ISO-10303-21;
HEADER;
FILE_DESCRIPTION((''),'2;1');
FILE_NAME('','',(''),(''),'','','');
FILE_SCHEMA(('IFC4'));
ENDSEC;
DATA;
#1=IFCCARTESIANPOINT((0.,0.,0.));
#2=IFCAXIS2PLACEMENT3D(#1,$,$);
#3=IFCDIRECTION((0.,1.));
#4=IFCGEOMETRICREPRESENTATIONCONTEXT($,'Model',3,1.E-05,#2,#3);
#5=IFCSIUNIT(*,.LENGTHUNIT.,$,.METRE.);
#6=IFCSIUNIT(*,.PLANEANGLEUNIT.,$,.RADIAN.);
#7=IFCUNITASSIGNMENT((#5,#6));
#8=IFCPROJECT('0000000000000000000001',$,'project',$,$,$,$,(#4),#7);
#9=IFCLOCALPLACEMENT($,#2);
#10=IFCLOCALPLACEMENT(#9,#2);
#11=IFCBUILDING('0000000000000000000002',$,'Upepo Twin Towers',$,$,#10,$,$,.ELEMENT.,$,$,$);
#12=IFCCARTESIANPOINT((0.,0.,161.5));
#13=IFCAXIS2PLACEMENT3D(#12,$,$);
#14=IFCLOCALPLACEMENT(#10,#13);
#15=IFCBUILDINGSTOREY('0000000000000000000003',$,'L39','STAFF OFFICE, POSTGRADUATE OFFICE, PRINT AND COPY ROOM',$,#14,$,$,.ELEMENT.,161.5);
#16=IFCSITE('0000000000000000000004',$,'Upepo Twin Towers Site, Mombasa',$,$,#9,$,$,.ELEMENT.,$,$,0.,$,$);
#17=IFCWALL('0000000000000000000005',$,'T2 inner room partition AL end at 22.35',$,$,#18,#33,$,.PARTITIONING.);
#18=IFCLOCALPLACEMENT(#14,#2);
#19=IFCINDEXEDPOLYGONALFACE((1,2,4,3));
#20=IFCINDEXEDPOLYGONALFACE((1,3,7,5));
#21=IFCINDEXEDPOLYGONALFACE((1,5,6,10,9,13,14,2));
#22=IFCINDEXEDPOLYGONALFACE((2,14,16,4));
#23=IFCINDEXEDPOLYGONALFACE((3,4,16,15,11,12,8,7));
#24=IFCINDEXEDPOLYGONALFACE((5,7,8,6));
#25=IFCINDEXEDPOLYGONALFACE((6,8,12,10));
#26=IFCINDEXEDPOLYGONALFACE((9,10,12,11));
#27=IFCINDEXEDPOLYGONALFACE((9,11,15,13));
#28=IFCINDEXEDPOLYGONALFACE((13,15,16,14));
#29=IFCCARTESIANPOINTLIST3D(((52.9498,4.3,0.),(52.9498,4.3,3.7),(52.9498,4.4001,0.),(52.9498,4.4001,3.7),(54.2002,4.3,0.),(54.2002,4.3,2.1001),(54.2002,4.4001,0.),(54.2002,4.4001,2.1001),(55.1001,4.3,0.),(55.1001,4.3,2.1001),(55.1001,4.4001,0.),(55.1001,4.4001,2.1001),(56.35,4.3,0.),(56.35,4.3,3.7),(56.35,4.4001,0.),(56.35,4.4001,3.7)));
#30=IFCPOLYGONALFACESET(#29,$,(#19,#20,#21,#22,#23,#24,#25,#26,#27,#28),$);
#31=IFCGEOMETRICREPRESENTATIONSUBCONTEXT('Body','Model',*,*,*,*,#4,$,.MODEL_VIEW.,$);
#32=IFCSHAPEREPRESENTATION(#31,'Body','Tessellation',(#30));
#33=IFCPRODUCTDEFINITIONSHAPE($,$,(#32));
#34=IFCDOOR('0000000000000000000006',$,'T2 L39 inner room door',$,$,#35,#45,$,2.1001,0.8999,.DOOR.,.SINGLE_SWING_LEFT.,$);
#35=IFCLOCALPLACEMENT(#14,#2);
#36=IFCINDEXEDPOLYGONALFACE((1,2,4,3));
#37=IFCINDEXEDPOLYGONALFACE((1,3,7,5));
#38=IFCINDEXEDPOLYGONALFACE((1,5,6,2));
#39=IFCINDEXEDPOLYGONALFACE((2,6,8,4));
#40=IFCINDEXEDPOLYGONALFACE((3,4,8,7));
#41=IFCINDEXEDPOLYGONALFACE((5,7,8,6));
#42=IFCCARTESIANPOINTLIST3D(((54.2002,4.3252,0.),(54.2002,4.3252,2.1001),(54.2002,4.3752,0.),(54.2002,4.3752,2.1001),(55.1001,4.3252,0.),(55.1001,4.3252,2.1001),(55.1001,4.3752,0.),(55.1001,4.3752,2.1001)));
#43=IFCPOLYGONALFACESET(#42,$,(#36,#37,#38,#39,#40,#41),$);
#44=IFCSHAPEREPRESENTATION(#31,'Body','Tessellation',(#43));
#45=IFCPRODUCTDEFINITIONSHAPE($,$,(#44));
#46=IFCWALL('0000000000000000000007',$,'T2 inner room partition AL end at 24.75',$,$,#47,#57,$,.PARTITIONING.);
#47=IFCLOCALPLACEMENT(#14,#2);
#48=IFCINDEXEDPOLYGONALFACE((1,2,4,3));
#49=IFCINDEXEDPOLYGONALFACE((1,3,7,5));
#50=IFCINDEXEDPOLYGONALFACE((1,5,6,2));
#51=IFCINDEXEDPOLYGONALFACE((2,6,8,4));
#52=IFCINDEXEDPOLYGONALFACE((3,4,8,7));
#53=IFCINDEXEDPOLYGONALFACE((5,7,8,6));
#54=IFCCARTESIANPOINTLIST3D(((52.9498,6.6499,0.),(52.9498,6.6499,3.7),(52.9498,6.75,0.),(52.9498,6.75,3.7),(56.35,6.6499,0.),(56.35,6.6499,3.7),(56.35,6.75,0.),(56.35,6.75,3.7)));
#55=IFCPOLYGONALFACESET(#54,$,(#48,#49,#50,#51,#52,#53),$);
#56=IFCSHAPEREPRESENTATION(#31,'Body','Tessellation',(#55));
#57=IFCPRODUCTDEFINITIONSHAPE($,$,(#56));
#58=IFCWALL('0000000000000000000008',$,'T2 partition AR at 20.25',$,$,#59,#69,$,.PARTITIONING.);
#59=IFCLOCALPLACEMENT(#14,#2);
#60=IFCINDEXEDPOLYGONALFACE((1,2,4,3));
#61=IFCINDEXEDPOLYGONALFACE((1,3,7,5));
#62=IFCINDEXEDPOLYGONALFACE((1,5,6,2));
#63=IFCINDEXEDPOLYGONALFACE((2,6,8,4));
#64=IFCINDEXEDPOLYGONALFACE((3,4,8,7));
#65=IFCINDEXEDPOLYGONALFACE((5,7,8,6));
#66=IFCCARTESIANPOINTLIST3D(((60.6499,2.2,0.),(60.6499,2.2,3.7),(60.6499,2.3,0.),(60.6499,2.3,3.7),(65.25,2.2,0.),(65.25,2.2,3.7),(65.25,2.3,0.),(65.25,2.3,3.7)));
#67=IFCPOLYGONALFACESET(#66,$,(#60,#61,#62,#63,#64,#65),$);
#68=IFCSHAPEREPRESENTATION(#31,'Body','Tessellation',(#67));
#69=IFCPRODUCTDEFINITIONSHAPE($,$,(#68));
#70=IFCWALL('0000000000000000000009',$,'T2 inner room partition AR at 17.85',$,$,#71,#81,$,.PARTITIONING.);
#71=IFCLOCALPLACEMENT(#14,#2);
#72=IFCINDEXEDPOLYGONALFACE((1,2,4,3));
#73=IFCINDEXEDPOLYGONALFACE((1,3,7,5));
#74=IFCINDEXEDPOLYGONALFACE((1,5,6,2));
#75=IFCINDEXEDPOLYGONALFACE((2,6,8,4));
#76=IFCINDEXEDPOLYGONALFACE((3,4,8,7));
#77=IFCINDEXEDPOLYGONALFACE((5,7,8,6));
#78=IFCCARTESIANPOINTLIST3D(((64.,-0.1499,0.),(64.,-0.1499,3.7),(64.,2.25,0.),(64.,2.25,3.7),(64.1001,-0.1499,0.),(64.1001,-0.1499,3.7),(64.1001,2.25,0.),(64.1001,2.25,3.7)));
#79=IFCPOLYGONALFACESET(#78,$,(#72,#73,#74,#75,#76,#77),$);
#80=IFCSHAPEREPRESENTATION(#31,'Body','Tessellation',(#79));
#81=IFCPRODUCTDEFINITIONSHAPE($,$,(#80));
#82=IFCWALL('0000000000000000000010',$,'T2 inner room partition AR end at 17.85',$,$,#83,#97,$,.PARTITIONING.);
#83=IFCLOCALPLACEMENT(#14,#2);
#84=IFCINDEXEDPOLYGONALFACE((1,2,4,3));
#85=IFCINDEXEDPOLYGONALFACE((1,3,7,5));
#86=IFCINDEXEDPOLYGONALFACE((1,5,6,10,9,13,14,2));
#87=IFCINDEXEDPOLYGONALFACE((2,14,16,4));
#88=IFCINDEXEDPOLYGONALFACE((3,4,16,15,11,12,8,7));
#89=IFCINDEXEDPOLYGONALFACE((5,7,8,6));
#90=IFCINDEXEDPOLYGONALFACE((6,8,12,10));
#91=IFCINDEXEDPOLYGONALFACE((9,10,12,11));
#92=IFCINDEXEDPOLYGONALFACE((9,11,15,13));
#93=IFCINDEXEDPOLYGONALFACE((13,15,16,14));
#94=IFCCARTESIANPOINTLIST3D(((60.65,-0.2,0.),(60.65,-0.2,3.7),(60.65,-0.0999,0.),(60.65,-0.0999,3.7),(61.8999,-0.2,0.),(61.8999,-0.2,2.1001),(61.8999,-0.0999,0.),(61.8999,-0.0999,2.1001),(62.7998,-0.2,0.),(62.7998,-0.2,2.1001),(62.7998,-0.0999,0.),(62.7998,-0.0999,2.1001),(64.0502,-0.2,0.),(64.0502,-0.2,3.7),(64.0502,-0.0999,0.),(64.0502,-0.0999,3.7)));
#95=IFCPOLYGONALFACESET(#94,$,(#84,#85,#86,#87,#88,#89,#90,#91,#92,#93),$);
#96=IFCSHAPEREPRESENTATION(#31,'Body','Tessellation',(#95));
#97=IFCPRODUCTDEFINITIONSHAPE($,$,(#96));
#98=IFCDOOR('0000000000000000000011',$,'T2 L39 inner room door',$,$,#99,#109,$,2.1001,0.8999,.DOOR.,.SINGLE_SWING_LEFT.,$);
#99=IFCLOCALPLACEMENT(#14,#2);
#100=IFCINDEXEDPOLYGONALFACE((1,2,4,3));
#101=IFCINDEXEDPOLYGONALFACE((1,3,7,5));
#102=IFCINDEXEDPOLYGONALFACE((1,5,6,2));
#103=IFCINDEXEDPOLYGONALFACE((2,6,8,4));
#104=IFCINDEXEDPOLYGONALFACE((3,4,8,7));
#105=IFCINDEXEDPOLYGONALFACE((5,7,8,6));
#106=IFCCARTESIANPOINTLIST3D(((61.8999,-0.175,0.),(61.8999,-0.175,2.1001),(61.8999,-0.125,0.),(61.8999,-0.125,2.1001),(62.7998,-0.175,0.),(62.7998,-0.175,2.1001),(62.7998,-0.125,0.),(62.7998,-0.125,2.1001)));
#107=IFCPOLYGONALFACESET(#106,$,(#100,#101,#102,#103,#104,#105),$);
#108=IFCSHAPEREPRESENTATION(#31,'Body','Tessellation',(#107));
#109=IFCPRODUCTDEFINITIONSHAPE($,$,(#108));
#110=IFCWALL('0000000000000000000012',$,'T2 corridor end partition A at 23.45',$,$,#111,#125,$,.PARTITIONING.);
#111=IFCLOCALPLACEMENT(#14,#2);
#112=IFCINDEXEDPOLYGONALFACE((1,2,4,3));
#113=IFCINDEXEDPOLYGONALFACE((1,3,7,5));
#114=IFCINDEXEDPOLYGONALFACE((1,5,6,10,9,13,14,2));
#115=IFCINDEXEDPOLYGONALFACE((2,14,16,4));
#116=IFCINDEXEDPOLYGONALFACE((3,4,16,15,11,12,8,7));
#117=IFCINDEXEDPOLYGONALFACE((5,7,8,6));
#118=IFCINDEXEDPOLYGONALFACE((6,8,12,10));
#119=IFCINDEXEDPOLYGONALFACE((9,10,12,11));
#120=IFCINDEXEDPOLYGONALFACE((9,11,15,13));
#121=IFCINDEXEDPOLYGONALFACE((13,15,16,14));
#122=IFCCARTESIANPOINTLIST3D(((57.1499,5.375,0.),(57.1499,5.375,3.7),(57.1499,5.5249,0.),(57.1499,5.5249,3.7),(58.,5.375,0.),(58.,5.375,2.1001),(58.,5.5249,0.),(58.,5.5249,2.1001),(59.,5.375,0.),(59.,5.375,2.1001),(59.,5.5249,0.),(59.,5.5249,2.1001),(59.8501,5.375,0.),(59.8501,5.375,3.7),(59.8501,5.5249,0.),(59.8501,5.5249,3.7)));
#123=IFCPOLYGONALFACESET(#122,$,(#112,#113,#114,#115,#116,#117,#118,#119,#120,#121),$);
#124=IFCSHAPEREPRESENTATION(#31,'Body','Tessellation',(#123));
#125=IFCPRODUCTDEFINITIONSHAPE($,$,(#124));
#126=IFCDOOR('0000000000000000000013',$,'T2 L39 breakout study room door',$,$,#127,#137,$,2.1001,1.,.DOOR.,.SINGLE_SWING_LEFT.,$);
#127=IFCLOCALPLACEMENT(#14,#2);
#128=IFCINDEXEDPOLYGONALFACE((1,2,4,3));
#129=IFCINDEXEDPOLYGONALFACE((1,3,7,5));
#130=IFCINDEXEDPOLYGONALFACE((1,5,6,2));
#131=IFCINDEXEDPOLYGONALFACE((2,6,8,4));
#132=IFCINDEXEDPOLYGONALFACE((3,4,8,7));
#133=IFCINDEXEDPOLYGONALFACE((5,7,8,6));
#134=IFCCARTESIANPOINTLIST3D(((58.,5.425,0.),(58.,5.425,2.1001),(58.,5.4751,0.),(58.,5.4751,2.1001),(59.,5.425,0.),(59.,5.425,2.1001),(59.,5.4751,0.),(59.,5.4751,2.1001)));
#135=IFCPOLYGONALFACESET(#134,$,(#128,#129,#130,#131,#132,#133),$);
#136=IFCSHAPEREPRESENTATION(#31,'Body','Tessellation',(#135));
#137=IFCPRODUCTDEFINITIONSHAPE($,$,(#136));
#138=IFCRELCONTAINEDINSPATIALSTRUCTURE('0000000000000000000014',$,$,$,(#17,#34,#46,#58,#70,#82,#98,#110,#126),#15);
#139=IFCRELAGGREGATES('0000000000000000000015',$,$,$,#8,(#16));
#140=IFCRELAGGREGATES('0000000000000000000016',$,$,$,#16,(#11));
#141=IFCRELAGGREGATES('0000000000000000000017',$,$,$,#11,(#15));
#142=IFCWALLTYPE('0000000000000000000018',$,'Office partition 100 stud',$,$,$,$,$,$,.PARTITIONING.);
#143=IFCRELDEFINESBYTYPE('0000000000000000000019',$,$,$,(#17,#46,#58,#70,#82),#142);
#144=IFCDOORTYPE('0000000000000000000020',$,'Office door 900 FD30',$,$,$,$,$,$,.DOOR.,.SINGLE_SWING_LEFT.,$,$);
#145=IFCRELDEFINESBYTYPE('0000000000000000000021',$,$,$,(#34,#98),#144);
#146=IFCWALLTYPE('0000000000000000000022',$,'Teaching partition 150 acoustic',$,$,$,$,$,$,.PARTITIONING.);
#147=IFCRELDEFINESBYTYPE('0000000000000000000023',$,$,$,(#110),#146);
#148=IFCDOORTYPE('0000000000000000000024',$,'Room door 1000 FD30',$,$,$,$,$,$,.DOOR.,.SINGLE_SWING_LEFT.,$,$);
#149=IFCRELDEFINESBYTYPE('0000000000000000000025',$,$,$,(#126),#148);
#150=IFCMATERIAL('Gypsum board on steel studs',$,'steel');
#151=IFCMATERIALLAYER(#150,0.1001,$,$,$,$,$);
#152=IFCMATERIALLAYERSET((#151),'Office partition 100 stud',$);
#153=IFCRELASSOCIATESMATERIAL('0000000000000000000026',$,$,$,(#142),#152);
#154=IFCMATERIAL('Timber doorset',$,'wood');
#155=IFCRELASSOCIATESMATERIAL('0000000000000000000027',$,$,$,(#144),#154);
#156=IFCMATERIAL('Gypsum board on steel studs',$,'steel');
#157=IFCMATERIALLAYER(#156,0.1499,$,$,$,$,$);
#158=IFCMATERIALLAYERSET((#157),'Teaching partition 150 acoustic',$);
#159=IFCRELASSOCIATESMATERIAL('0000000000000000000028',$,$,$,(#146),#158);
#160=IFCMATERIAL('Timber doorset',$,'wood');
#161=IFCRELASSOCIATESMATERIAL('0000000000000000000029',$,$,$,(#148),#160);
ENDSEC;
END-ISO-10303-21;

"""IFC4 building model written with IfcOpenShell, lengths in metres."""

from ifc_helpers import new_model, si_unit, direction, frame, frame_2d, origin, place, context, subcontext, project, spatial, rectangle, extrude, material, layer, layer_set, type_object, element, fill, save


model = new_model("IFC4")

# Units and contexts
model_context = context("Model", 3, precision=1e-05, world=origin(), true_north=direction((0.0, 1.0)))
body_context = subcontext(model_context, "Body", "Model", "MODEL_VIEW")
ifc_project = project(units=[si_unit("LENGTHUNIT", "METRE"), si_unit("PLANEANGLEUNIT", "RADIAN")], contexts=[model_context])

# Site, building, storey
site_placement = place(None, origin())
site = spatial("IfcSite", under=ifc_project, at=site_placement, Name="Upepo Twin Towers Site, Mombasa", CompositionType="ELEMENT", RefElevation=0.0)
building_placement = place(site_placement, origin())
building = spatial("IfcBuilding", under=site, at=building_placement, Name="Upepo Twin Towers", CompositionType="ELEMENT")
storey_placement = place(building_placement, frame((0.0, 0.0, 161.5)))
storey = spatial("IfcBuildingStorey", under=building, at=storey_placement, Name="L39", Description="STAFF OFFICE, POSTGRADUATE OFFICE, PRINT AND COPY ROOM", CompositionType="ELEMENT", Elevation=161.5)

# Shared definitions
ifc_material_1 = material(Name="Gypsum board on steel studs", Category="steel")
ifc_layer_1 = layer(ifc_material_1, 0.1001)
ifc_layer_set_1 = layer_set([ifc_layer_1], Name="Office partition 100 stud")
wall_type_1 = type_object("IfcWallType", Name="Office partition 100 stud", PredefinedType="PARTITIONING", material=ifc_layer_set_1)

# Wall, opening, door
wall_1_placement = place(storey_placement, frame((56.3501, 4.3501, 0.0), z_axis=(0.0, 0.0, 1.0), x_axis=(-1.0, 0.0, 0.0)))
wall_1 = element("IfcWall", 1, at=wall_1_placement, inside=storey, type_object=wall_type_1, Name="T2 inner room partition AL end at 22.35", PredefinedType="PARTITIONING", context=body_context, shape_type="SweptSolid", body=[
    extrude(rectangle(XDim=3.4001, YDim=0.1001, at=frame_2d((1.7002, 0.0))), origin(), (0.0, 0.0, 1.0), 3.7),
])
opening_1_placement = place(wall_1_placement, frame((1.25, 0.0, 0.0)))
opening_1 = element("IfcOpeningElement", 2, at=opening_1_placement, cuts=wall_1, PredefinedType="OPENING", context=body_context, shape_type="SweptSolid", body=[
    extrude(rectangle(XDim=0.8999, YDim=2.1001, at=frame_2d((0.45, 1.05))), frame((0.0, 0.0601, 0.0), z_axis=(0.0, -1.0, 0.0), x_axis=(1.0, 0.0, 0.0)), (0.0, 0.0, 1.0), 0.1201),
])
ifc_material_2 = material(Name="Timber doorset", Category="wood")
door_type_1 = type_object("IfcDoorType", Name="Office door 900 FD30", OperationType="SINGLE_SWING_LEFT", PredefinedType="DOOR", material=ifc_material_2)
door_1_placement = place(opening_1_placement, origin())
door_1 = element("IfcDoor", 3, at=door_1_placement, inside=storey, type_object=door_type_1, Name="T2 L39 inner room door", OperationType="SINGLE_SWING_LEFT", OverallHeight=2.1001, OverallWidth=0.8999, PredefinedType="DOOR", context=body_context, shape_type="SweptSolid", body=[
    extrude(rectangle(XDim=0.8999, YDim=2.1001, at=frame_2d((0.45, 1.05))), frame((0.0, 0.0249, 0.0), z_axis=(0.0, -1.0, 0.0), x_axis=(1.0, 0.0, 0.0)), (0.0, 0.0, 1.0), 0.05),
])
fill(opening_1, door_1)

# Walls
wall_2_placement = place(storey_placement, frame((56.3501, 6.7, 0.0), z_axis=(0.0, 0.0, 1.0), x_axis=(-1.0, 0.0, 0.0)))
element("IfcWall", 4, at=wall_2_placement, inside=storey, type_object=wall_type_1, Name="T2 inner room partition AL end at 24.75", PredefinedType="PARTITIONING", context=body_context, shape_type="SweptSolid", body=[
    extrude(rectangle(XDim=3.4001, YDim=0.1001, at=frame_2d((1.7002, 0.0))), origin(), (0.0, 0.0, 1.0), 3.7),
])
wall_3_placement = place(storey_placement, frame((60.6499, 2.25, 0.0), z_axis=(0.0, 0.0, 1.0), x_axis=(1.0, 0.0, 0.0)))
element("IfcWall", 5, at=wall_3_placement, inside=storey, type_object=wall_type_1, Name="T2 partition AR at 20.25", PredefinedType="PARTITIONING", context=body_context, shape_type="SweptSolid", body=[
    extrude(rectangle(XDim=4.6001, YDim=0.1001, at=frame_2d((2.3, 0.0))), origin(), (0.0, 0.0, 1.0), 3.7),
])
wall_4_placement = place(storey_placement, frame((64.05, -0.1499, 0.0), z_axis=(0.0, 0.0, 1.0), x_axis=(0.0, 1.0, 0.0)))
element("IfcWall", 6, at=wall_4_placement, inside=storey, type_object=wall_type_1, Name="T2 inner room partition AR at 17.85", PredefinedType="PARTITIONING", context=body_context, shape_type="SweptSolid", body=[
    extrude(rectangle(XDim=2.3999, YDim=0.1001, at=frame_2d((1.2, 0.0))), origin(), (0.0, 0.0, 1.0), 3.7),
])

# Walls, openings, doors
wall_5_placement = place(storey_placement, frame((60.6499, -0.1499, 0.0), z_axis=(0.0, 0.0, 1.0), x_axis=(1.0, 0.0, 0.0)))
wall_5 = element("IfcWall", 7, at=wall_5_placement, inside=storey, type_object=wall_type_1, Name="T2 inner room partition AR end at 17.85", PredefinedType="PARTITIONING", context=body_context, shape_type="SweptSolid", body=[
    extrude(rectangle(XDim=3.4001, YDim=0.1001, at=frame_2d((1.7002, 0.0))), origin(), (0.0, 0.0, 1.0), 3.7),
])
opening_2_placement = place(wall_5_placement, frame((1.25, 0.0, 0.0)))
opening_2 = element("IfcOpeningElement", 8, at=opening_2_placement, cuts=wall_5, PredefinedType="OPENING", context=body_context, shape_type="SweptSolid", body=[
    extrude(rectangle(XDim=0.8999, YDim=2.1001, at=frame_2d((0.45, 1.05))), frame((0.0, 0.0601, 0.0), z_axis=(0.0, -1.0, 0.0), x_axis=(1.0, 0.0, 0.0)), (0.0, 0.0, 1.0), 0.1201),
])
door_2_placement = place(opening_2_placement, origin())
door_2 = element("IfcDoor", 9, at=door_2_placement, inside=storey, type_object=door_type_1, Name="T2 L39 inner room door", OperationType="SINGLE_SWING_LEFT", OverallHeight=2.1001, OverallWidth=0.8999, PredefinedType="DOOR", context=body_context, shape_type="SweptSolid", body=[
    extrude(rectangle(XDim=0.8999, YDim=2.1001, at=frame_2d((0.45, 1.05))), frame((0.0, 0.0249, 0.0), z_axis=(0.0, -1.0, 0.0), x_axis=(1.0, 0.0, 0.0)), (0.0, 0.0, 1.0), 0.05),
])
fill(opening_2, door_2)
ifc_material_3 = material(Name="Gypsum board on steel studs", Category="steel")
ifc_layer_2 = layer(ifc_material_3, 0.1499)
ifc_layer_set_2 = layer_set([ifc_layer_2], Name="Teaching partition 150 acoustic")
wall_type_2 = type_object("IfcWallType", Name="Teaching partition 150 acoustic", PredefinedType="PARTITIONING", material=ifc_layer_set_2)
wall_6_placement = place(storey_placement, frame((59.8501, 5.45, 0.0), z_axis=(0.0, 0.0, 1.0), x_axis=(-1.0, 0.0, 0.0)))
wall_6 = element("IfcWall", 10, at=wall_6_placement, inside=storey, type_object=wall_type_2, Name="T2 corridor end partition A at 23.45", PredefinedType="PARTITIONING", context=body_context, shape_type="SweptSolid", body=[
    extrude(rectangle(XDim=2.7002, YDim=0.1499, at=frame_2d((1.3501, 0.0))), origin(), (0.0, 0.0, 1.0), 3.7),
])
opening_3_placement = place(wall_6_placement, frame((0.8501, 0.0, 0.0)))
opening_3 = element("IfcOpeningElement", 11, at=opening_3_placement, cuts=wall_6, PredefinedType="OPENING", context=body_context, shape_type="SweptSolid", body=[
    extrude(rectangle(XDim=1.0, YDim=2.1001, at=frame_2d((0.5, 1.05))), frame((0.0, 0.085, 0.0), z_axis=(0.0, -1.0, 0.0), x_axis=(1.0, 0.0, 0.0)), (0.0, 0.0, 1.0), 0.1699),
])
ifc_material_4 = material(Name="Timber doorset", Category="wood")
door_type_2 = type_object("IfcDoorType", Name="Room door 1000 FD30", OperationType="SINGLE_SWING_LEFT", PredefinedType="DOOR", material=ifc_material_4)
door_3_placement = place(opening_3_placement, origin())
door_3 = element("IfcDoor", 12, at=door_3_placement, inside=storey, type_object=door_type_2, Name="T2 L39 breakout study room door", OperationType="SINGLE_SWING_LEFT", OverallHeight=2.1001, OverallWidth=1.0, PredefinedType="DOOR", context=body_context, shape_type="SweptSolid", body=[
    extrude(rectangle(XDim=1.0, YDim=2.1001, at=frame_2d((0.5, 1.05))), frame((0.0, 0.0249, 0.0), z_axis=(0.0, -1.0, 0.0), x_axis=(1.0, 0.0, 0.0)), (0.0, 0.0, 1.0), 0.05),
])
fill(opening_3, door_3)

save(model, "model.ifc")
